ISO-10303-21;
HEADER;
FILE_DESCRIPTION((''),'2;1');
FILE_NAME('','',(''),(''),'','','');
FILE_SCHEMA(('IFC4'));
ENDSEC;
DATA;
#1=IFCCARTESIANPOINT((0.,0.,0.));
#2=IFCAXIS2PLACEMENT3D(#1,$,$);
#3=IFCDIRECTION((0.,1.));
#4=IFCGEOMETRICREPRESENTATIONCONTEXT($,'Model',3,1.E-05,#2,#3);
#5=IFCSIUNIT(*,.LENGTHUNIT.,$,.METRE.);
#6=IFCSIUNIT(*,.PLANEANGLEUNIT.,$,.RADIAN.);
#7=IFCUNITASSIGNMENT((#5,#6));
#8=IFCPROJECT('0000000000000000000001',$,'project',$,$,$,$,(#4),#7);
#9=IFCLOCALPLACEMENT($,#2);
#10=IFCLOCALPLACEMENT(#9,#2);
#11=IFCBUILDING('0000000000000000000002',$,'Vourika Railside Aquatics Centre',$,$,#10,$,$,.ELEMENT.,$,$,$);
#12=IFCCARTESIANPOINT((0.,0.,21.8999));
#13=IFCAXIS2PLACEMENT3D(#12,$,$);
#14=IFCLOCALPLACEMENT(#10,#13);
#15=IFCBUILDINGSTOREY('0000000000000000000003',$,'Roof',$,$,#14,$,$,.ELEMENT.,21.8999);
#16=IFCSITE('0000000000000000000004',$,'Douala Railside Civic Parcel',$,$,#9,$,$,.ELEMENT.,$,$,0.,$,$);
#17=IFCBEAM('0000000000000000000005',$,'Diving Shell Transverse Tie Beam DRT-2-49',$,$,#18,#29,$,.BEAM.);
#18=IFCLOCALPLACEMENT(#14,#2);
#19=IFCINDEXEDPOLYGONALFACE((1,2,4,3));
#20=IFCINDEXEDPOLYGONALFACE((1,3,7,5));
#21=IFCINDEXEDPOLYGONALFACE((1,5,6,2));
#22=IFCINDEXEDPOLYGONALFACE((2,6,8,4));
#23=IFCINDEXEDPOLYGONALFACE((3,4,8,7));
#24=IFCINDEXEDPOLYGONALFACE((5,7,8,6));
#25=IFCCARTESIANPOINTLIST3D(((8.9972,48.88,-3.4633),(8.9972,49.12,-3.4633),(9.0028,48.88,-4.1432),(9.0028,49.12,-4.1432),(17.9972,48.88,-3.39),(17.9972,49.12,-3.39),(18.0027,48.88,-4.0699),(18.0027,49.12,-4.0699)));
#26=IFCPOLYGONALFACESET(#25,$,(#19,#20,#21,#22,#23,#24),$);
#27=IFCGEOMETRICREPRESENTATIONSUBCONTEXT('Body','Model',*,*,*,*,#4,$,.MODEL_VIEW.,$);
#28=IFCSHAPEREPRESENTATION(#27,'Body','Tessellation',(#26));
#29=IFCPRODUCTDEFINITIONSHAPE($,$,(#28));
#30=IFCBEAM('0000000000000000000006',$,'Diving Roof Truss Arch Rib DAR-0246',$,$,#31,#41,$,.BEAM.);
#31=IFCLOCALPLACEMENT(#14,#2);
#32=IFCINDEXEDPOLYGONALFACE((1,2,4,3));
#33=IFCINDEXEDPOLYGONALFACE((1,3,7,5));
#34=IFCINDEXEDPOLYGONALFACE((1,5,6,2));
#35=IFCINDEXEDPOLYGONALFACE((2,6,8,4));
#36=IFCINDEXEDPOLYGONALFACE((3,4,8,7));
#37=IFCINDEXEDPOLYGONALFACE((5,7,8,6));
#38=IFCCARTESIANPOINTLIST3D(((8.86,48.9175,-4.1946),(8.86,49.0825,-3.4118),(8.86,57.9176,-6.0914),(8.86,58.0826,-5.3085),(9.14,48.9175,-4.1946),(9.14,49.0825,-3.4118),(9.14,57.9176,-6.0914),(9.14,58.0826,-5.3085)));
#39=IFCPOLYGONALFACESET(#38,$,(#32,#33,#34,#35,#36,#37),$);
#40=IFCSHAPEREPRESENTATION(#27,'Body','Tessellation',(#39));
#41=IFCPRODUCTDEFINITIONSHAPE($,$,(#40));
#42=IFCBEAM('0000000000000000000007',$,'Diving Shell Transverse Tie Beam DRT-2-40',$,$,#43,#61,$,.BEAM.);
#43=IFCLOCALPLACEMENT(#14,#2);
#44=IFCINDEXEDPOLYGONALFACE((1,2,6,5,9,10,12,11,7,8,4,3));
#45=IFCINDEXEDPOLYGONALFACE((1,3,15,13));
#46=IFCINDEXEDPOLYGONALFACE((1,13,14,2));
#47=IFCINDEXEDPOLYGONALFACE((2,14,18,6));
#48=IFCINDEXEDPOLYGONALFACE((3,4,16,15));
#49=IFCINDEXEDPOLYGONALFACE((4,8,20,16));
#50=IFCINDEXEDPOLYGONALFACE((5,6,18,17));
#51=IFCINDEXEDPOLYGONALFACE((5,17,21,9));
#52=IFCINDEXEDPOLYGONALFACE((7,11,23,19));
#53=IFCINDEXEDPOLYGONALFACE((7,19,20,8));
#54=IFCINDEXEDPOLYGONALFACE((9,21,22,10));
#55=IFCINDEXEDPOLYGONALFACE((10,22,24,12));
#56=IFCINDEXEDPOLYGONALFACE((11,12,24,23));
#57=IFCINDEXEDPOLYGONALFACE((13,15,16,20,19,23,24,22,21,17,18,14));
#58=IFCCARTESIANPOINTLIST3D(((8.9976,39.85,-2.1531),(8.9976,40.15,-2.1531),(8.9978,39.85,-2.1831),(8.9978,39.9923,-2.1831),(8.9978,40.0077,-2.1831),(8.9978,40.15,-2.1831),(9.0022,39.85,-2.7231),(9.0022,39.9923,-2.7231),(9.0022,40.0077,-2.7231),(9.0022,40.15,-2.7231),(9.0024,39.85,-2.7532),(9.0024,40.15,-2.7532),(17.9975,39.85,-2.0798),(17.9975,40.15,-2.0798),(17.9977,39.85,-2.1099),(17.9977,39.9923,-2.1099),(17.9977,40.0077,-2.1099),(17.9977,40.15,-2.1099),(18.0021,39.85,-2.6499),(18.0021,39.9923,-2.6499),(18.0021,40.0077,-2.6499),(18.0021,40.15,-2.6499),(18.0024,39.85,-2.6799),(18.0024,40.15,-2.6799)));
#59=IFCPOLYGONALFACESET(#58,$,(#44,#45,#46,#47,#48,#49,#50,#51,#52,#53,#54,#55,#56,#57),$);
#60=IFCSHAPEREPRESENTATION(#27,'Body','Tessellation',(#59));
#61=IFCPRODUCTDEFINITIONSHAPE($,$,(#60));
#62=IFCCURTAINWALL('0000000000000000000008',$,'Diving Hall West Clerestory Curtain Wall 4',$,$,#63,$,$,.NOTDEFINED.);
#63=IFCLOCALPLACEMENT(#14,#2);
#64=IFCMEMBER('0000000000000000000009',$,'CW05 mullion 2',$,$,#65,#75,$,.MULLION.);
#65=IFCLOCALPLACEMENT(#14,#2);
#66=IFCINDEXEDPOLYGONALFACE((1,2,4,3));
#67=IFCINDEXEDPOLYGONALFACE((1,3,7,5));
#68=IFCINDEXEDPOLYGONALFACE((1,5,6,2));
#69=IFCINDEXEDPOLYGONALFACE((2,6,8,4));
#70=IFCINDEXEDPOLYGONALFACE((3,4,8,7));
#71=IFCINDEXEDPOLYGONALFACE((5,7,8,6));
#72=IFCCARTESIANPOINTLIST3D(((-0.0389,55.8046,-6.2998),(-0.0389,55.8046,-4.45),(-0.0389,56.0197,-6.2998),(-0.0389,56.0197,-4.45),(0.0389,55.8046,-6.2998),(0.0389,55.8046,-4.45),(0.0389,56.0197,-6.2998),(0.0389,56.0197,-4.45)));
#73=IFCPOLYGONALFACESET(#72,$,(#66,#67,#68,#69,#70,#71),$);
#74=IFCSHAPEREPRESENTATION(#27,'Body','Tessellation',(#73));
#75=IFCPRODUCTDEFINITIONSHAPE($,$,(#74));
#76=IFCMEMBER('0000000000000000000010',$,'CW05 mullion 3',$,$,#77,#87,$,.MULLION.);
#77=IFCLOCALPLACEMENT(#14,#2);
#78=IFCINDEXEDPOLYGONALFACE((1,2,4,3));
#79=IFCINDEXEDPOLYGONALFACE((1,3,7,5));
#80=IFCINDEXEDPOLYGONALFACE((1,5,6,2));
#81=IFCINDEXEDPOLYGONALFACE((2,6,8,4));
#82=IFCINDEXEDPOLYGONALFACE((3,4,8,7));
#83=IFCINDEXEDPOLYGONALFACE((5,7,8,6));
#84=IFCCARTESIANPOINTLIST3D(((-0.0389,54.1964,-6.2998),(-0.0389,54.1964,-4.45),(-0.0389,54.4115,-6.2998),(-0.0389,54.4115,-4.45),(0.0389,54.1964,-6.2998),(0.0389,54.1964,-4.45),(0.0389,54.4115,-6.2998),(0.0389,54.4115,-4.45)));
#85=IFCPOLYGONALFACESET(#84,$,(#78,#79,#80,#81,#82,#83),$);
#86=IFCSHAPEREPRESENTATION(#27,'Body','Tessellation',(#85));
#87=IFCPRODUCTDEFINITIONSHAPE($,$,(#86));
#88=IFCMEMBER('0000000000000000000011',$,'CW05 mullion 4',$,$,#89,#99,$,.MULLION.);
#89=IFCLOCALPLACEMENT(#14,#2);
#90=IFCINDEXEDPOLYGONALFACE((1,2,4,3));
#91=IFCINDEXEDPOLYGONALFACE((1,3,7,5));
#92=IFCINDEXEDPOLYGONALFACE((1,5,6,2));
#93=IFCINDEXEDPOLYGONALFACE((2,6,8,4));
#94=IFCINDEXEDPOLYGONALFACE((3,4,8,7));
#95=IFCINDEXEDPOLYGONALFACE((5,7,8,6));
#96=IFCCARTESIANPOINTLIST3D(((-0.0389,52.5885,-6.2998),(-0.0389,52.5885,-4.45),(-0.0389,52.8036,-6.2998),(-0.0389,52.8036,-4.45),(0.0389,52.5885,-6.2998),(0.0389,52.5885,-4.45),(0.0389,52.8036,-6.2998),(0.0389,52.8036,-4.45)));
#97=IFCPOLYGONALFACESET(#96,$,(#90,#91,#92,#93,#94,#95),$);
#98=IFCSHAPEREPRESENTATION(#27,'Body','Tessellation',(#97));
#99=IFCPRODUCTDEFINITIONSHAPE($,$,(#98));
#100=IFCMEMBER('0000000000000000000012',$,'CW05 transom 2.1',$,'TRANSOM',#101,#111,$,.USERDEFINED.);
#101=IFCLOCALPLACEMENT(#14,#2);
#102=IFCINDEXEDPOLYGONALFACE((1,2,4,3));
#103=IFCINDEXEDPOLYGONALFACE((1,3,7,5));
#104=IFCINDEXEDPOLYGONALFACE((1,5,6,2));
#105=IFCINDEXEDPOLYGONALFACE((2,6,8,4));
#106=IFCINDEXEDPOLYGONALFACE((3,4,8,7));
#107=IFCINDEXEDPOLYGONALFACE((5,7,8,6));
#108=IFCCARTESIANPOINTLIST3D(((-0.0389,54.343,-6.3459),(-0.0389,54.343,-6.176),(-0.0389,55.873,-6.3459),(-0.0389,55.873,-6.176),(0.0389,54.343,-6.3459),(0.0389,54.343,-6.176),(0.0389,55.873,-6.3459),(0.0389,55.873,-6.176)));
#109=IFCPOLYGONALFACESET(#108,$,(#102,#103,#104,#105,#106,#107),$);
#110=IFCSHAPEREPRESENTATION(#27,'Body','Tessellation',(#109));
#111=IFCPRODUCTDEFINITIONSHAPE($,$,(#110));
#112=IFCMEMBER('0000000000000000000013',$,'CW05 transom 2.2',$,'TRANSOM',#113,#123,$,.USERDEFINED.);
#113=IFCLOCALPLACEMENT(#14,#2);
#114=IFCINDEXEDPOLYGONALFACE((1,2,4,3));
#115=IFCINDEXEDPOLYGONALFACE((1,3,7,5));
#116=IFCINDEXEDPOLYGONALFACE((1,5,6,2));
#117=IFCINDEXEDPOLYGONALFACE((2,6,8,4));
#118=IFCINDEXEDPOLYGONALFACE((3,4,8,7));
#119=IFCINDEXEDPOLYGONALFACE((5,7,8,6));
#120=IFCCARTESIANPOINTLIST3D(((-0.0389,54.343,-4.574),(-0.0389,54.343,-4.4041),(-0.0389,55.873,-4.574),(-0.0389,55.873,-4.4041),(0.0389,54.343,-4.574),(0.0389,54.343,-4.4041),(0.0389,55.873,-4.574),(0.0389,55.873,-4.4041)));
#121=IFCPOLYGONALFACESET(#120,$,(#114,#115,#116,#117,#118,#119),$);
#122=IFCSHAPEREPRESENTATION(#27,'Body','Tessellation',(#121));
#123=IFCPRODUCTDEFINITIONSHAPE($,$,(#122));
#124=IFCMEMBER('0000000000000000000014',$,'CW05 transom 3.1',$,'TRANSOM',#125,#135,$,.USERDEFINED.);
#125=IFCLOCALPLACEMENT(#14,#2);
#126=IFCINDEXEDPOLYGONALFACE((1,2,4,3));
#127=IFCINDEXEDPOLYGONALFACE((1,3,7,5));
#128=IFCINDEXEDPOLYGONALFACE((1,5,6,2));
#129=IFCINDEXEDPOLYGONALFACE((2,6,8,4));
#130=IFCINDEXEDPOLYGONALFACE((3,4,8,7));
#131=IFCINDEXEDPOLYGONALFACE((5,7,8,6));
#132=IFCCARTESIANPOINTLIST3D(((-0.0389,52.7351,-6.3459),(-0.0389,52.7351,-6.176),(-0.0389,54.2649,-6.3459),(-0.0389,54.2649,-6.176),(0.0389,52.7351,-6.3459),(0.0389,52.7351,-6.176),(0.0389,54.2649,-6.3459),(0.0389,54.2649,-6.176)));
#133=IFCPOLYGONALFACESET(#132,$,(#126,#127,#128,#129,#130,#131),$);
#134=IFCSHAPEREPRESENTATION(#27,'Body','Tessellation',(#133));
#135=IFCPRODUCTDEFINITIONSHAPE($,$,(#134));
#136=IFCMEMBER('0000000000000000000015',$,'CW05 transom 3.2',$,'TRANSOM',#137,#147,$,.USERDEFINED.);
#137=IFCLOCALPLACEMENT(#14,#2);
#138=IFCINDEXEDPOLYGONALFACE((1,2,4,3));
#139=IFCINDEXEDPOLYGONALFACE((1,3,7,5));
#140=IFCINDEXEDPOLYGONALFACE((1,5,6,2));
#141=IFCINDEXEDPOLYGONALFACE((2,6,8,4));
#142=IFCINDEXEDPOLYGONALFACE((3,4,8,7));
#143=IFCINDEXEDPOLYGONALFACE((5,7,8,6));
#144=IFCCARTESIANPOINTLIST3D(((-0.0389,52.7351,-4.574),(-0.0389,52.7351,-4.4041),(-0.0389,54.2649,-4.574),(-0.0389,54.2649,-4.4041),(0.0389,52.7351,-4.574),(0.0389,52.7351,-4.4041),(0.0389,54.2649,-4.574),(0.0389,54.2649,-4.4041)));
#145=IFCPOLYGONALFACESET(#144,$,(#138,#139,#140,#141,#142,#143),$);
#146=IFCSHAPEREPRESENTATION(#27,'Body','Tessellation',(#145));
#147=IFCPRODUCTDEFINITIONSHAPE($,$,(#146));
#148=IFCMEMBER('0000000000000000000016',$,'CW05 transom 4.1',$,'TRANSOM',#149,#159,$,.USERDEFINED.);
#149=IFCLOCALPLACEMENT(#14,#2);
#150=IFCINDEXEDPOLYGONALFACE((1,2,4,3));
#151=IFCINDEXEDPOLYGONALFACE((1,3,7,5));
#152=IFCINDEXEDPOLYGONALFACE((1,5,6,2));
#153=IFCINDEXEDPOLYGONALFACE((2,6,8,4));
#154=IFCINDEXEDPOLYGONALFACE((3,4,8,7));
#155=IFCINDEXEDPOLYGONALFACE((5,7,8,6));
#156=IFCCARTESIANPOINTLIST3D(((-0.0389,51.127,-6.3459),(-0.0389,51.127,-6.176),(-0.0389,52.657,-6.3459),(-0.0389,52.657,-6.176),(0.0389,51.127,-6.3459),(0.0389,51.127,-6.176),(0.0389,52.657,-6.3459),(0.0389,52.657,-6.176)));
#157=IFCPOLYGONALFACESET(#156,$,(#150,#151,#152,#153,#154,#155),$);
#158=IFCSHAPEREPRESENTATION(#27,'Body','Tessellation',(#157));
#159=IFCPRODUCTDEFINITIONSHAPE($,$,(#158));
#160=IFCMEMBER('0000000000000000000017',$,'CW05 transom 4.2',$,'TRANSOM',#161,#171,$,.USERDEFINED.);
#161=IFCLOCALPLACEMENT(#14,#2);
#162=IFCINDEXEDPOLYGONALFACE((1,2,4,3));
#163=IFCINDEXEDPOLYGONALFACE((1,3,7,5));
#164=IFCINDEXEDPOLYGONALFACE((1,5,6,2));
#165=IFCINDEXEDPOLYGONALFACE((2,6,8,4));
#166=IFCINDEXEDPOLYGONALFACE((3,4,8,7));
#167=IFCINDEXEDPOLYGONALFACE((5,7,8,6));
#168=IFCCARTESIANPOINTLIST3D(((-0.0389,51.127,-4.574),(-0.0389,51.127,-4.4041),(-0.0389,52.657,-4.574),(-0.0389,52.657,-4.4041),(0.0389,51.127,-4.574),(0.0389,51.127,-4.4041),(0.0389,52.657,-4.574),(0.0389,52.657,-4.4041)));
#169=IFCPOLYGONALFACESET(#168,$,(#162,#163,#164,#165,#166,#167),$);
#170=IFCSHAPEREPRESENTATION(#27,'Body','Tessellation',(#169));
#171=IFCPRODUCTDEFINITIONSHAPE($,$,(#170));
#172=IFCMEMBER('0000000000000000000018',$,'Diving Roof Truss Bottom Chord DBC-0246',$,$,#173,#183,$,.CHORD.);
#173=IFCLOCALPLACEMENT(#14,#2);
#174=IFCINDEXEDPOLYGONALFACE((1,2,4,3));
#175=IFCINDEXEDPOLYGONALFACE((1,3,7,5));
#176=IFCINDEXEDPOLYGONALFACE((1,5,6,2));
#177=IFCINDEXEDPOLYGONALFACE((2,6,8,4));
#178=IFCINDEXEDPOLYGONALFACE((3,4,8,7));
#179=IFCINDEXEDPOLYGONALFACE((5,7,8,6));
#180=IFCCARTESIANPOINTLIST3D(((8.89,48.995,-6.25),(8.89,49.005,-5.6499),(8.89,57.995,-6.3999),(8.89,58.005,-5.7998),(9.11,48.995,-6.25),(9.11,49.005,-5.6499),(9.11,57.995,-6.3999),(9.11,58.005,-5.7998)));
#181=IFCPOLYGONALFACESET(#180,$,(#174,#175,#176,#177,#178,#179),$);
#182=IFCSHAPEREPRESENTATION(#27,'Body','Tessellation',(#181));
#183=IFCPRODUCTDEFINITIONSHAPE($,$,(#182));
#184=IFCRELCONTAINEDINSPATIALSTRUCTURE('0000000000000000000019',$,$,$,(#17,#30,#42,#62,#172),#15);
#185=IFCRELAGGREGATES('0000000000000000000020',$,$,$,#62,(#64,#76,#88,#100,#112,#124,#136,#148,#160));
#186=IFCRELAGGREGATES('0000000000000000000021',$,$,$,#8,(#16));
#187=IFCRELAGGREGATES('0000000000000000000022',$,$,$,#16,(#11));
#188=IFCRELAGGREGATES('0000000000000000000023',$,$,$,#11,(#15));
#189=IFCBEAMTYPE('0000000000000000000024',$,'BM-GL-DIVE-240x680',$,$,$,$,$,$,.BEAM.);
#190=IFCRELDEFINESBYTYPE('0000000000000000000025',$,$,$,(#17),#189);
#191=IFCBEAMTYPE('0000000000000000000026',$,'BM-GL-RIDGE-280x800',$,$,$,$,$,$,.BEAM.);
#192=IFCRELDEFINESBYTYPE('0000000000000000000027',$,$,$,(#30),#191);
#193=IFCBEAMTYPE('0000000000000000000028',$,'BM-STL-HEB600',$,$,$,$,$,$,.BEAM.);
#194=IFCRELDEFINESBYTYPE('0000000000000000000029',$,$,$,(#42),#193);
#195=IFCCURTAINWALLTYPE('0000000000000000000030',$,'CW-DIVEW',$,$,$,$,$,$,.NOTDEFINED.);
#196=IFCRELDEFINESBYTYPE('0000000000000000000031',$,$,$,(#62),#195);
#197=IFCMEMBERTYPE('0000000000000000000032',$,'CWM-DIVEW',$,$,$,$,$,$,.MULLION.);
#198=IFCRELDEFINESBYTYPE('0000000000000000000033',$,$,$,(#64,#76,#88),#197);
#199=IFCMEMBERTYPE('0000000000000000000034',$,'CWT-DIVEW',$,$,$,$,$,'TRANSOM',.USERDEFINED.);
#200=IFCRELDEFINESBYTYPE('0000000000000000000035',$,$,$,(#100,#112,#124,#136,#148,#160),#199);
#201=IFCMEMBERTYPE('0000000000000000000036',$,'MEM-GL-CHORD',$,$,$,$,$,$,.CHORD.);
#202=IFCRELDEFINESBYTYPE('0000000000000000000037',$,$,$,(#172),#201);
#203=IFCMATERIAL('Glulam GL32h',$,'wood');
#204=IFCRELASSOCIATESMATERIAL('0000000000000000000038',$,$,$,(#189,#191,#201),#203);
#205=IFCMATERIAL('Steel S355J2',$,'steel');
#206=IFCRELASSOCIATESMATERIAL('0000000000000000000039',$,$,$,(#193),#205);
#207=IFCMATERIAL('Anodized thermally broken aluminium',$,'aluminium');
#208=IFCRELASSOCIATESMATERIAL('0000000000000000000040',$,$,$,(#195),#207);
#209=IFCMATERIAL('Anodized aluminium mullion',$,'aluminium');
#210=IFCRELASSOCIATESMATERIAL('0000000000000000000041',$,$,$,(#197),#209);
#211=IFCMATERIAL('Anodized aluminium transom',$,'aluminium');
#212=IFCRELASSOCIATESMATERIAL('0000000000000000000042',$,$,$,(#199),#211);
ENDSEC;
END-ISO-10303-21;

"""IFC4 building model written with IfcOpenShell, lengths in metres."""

from ifc_helpers import new_model, si_unit, direction, frame, origin, origin_2d, place, context, subcontext, project, spatial, rectangle, i_section, extrude, material, material_profile, profile_set, type_object, element, aggregate, save


model = new_model("IFC4")

# Units and contexts
model_context = context("Model", 3, precision=1e-05, world=origin(), true_north=direction((0.0, 1.0)))
body_context = subcontext(model_context, "Body", "Model", "MODEL_VIEW")
ifc_project = project(units=[si_unit("LENGTHUNIT", "METRE"), si_unit("PLANEANGLEUNIT", "RADIAN")], contexts=[model_context])

# Site, building, storey
site_placement = place(None, origin())
site = spatial("IfcSite", under=ifc_project, at=site_placement, Name="Douala Railside Civic Parcel", CompositionType="ELEMENT", RefElevation=0.0)
building_placement = place(site_placement, origin())
building = spatial("IfcBuilding", under=site, at=building_placement, Name="Vourika Railside Aquatics Centre", CompositionType="ELEMENT")
storey_placement = place(building_placement, frame((0.0, 0.0, 21.8999)))
storey = spatial("IfcBuildingStorey", under=building, at=storey_placement, Name="Roof", CompositionType="ELEMENT", Elevation=21.8999)

# Beams
ifc_material_1 = material(Name="Glulam GL32h", Category="wood")
ifc_material_profile_1 = material_profile(ifc_material_1, rectangle(XDim=0.24, YDim=0.6799, at=origin_2d()), Name="GL32h 240x680")
ifc_profile_set_1 = profile_set([ifc_material_profile_1], Name="Glulam GL32h")
beam_type_1 = type_object("IfcBeamType", Name="BM-GL-DIVE-240x680", PredefinedType="BEAM", material=ifc_profile_set_1)
beam_1_placement = place(storey_placement, frame((9.0, 49.0, -3.8032), z_axis=(0.999967, 0.0, 0.008138), x_axis=(0.0, 1.0, 0.0)))
element("IfcBeam", 1, at=beam_1_placement, inside=storey, type_object=beam_type_1, Name="Diving Shell Transverse Tie Beam DRT-2-49", PredefinedType="BEAM", context=body_context, shape_type="SweptSolid", body=[
    extrude(rectangle(XDim=0.24, YDim=0.6799, at=origin_2d()), origin(), (0.0, 0.0, 1.0), 9.0002),
])
ifc_material_profile_2 = material_profile(ifc_material_1, rectangle(XDim=0.28, YDim=0.8, at=origin_2d()), Name="GL32h 280x800")
ifc_profile_set_2 = profile_set([ifc_material_profile_2], Name="Glulam GL32h")
beam_type_2 = type_object("IfcBeamType", Name="BM-GL-RIDGE-280x800", PredefinedType="BEAM", material=ifc_profile_set_2)
beam_2_placement = place(storey_placement, frame((9.0, 49.0, -3.8032), z_axis=(0.0, 0.978506, -0.206218), x_axis=(-1.0, 0.0, 0.0)))
element("IfcBeam", 2, at=beam_2_placement, inside=storey, type_object=beam_type_2, Name="Diving Roof Truss Arch Rib DAR-0246", PredefinedType="BEAM", context=body_context, shape_type="SweptSolid", body=[
    extrude(rectangle(XDim=0.28, YDim=0.8, at=origin_2d()), origin(), (0.0, 0.0, 1.0), 9.1978),
])
ifc_material_2 = material(Name="Steel S355J2", Category="steel")
ifc_material_profile_3 = material_profile(ifc_material_2, i_section(OverallWidth=0.3, OverallDepth=0.6001, WebThickness=0.0154, FlangeThickness=0.03, at=origin_2d()), Name="HEB 600")
ifc_profile_set_3 = profile_set([ifc_material_profile_3], Name="Steel S355J2")
beam_type_3 = type_object("IfcBeamType", Name="BM-STL-HEB600", PredefinedType="BEAM", material=ifc_profile_set_3)
beam_3_placement = place(storey_placement, frame((9.0, 40.0, -2.4531), z_axis=(0.999967, 0.0, 0.008138), x_axis=(0.0, 1.0, 0.0)))
element("IfcBeam", 3, at=beam_3_placement, inside=storey, type_object=beam_type_3, Name="Diving Shell Transverse Tie Beam DRT-2-40", PredefinedType="BEAM", context=body_context, shape_type="SweptSolid", body=[
    extrude(i_section(OverallWidth=0.3, OverallDepth=0.6001, WebThickness=0.0154, FlangeThickness=0.03, at=origin_2d()), origin(), (0.0, 0.0, 1.0), 9.0002),
])

# Curtain wall, members
ifc_material_3 = material(Name="Anodized thermally broken aluminium", Category="aluminium")
curtain_wall_type = type_object("IfcCurtainWallType", Name="CW-DIVEW", PredefinedType="NOTDEFINED", material=ifc_material_3)
curtain_wall_placement = place(storey_placement, origin())
curtain_wall = element("IfcCurtainWall", 4, at=curtain_wall_placement, inside=storey, type_object=curtain_wall_type, Name="Diving Hall West Clerestory Curtain Wall 4", PredefinedType="NOTDEFINED")
ifc_material_4 = material(Name="Anodized aluminium mullion", Category="aluminium")
ifc_material_profile_4 = material_profile(ifc_material_4, rectangle(XDim=0.0779, YDim=0.2151, at=origin_2d()), Name="ALU-M 78x215")
ifc_profile_set_4 = profile_set([ifc_material_profile_4], Name="Anodized aluminium mullion")
member_type_1 = type_object("IfcMemberType", Name="CWM-DIVEW", PredefinedType="MULLION", material=ifc_profile_set_4)
member_1_placement = place(storey_placement, frame((0.0, 55.9121, -6.2998), z_axis=(0.0, 0.0, 1.0), x_axis=(1.0, 0.0, 0.0)))
member_1 = element("IfcMember", 5, at=member_1_placement, type_object=member_type_1, Name="CW05 mullion 2", PredefinedType="MULLION", context=body_context, shape_type="SweptSolid", body=[
    extrude(rectangle(XDim=0.0779, YDim=0.2151, at=origin_2d()), origin(), (0.0, 0.0, 1.0), 1.8499),
])
member_2_placement = place(storey_placement, frame((0.0, 54.304, -6.2998), z_axis=(0.0, 0.0, 1.0), x_axis=(1.0, 0.0, 0.0)))
member_2 = element("IfcMember", 6, at=member_2_placement, type_object=member_type_1, Name="CW05 mullion 3", PredefinedType="MULLION", context=body_context, shape_type="SweptSolid", body=[
    extrude(rectangle(XDim=0.0779, YDim=0.2151, at=origin_2d()), origin(), (0.0, 0.0, 1.0), 1.8499),
])
member_3_placement = place(storey_placement, frame((0.0, 52.696, -6.2998), z_axis=(0.0, 0.0, 1.0), x_axis=(1.0, 0.0, 0.0)))
member_3 = element("IfcMember", 7, at=member_3_placement, type_object=member_type_1, Name="CW05 mullion 4", PredefinedType="MULLION", context=body_context, shape_type="SweptSolid", body=[
    extrude(rectangle(XDim=0.0779, YDim=0.2151, at=origin_2d()), origin(), (0.0, 0.0, 1.0), 1.8499),
])
ifc_material_5 = material(Name="Anodized aluminium transom", Category="aluminium")
ifc_material_profile_5 = material_profile(ifc_material_5, rectangle(XDim=0.0779, YDim=0.1699, at=origin_2d()), Name="ALU-T 78x170")
ifc_profile_set_5 = profile_set([ifc_material_profile_5], Name="Anodized aluminium transom")
member_type_2 = type_object("IfcMemberType", Name="CWT-DIVEW", ElementType="TRANSOM", PredefinedType="USERDEFINED", material=ifc_profile_set_5)
member_4_placement = place(storey_placement, frame((0.0, 55.873, -6.261), z_axis=(0.0, -1.0, 0.0), x_axis=(1.0, 0.0, 0.0)))
member_4 = element("IfcMember", 8, at=member_4_placement, type_object=member_type_2, Name="CW05 transom 2.1", ObjectType="TRANSOM", PredefinedType="USERDEFINED", context=body_context, shape_type="SweptSolid", body=[
    extrude(rectangle(XDim=0.0779, YDim=0.1699, at=origin_2d()), origin(), (0.0, 0.0, 1.0), 1.53),
])
member_5_placement = place(storey_placement, frame((0.0, 55.873, -4.489), z_axis=(0.0, -1.0, 0.0), x_axis=(1.0, 0.0, 0.0)))
member_5 = element("IfcMember", 9, at=member_5_placement, type_object=member_type_2, Name="CW05 transom 2.2", ObjectType="TRANSOM", PredefinedType="USERDEFINED", context=body_context, shape_type="SweptSolid", body=[
    extrude(rectangle(XDim=0.0779, YDim=0.1699, at=origin_2d()), origin(), (0.0, 0.0, 1.0), 1.53),
])
member_6_placement = place(storey_placement, frame((0.0, 54.2649, -6.261), z_axis=(0.0, -1.0, 0.0), x_axis=(1.0, 0.0, 0.0)))
member_6 = element("IfcMember", 10, at=member_6_placement, type_object=member_type_2, Name="CW05 transom 3.1", ObjectType="TRANSOM", PredefinedType="USERDEFINED", context=body_context, shape_type="SweptSolid", body=[
    extrude(rectangle(XDim=0.0779, YDim=0.1699, at=origin_2d()), origin(), (0.0, 0.0, 1.0), 1.5298),
])
member_7_placement = place(storey_placement, frame((0.0, 54.2649, -4.489), z_axis=(0.0, -1.0, 0.0), x_axis=(1.0, 0.0, 0.0)))
member_7 = element("IfcMember", 11, at=member_7_placement, type_object=member_type_2, Name="CW05 transom 3.2", ObjectType="TRANSOM", PredefinedType="USERDEFINED", context=body_context, shape_type="SweptSolid", body=[
    extrude(rectangle(XDim=0.0779, YDim=0.1699, at=origin_2d()), origin(), (0.0, 0.0, 1.0), 1.5298),
])
member_8_placement = place(storey_placement, frame((0.0, 52.657, -6.261), z_axis=(0.0, -1.0, 0.0), x_axis=(1.0, 0.0, 0.0)))
member_8 = element("IfcMember", 12, at=member_8_placement, type_object=member_type_2, Name="CW05 transom 4.1", ObjectType="TRANSOM", PredefinedType="USERDEFINED", context=body_context, shape_type="SweptSolid", body=[
    extrude(rectangle(XDim=0.0779, YDim=0.1699, at=origin_2d()), origin(), (0.0, 0.0, 1.0), 1.53),
])
member_9_placement = place(storey_placement, frame((0.0, 52.657, -4.489), z_axis=(0.0, -1.0, 0.0), x_axis=(1.0, 0.0, 0.0)))
member_9 = element("IfcMember", 13, at=member_9_placement, type_object=member_type_2, Name="CW05 transom 4.2", ObjectType="TRANSOM", PredefinedType="USERDEFINED", context=body_context, shape_type="SweptSolid", body=[
    extrude(rectangle(XDim=0.0779, YDim=0.1699, at=origin_2d()), origin(), (0.0, 0.0, 1.0), 1.53),
])

# Member
ifc_material_profile_6 = material_profile(ifc_material_1, rectangle(XDim=0.22, YDim=0.6001, at=origin_2d()), Name="GL32h 220x600")
ifc_profile_set_6 = profile_set([ifc_material_profile_6], Name="Glulam GL32h")
member_type_3 = type_object("IfcMemberType", Name="MEM-GL-CHORD", PredefinedType="CHORD", material=ifc_profile_set_6)
member_10_placement = place(storey_placement, frame((9.0, 49.0, -5.95), z_axis=(0.0, 0.999861, -0.016654), x_axis=(-1.0, 0.0, 0.0)))
element("IfcMember", 14, at=member_10_placement, inside=storey, type_object=member_type_3, Name="Diving Roof Truss Bottom Chord DBC-0246", PredefinedType="CHORD", context=body_context, shape_type="SweptSolid", body=[
    extrude(rectangle(XDim=0.22, YDim=0.6001, at=origin_2d()), origin(), (0.0, 0.0, 1.0), 9.0012),
])

aggregate(curtain_wall, [member_1, member_2, member_3, member_4, member_5, member_6, member_7, member_8, member_9])

save(model, "model.ifc")
